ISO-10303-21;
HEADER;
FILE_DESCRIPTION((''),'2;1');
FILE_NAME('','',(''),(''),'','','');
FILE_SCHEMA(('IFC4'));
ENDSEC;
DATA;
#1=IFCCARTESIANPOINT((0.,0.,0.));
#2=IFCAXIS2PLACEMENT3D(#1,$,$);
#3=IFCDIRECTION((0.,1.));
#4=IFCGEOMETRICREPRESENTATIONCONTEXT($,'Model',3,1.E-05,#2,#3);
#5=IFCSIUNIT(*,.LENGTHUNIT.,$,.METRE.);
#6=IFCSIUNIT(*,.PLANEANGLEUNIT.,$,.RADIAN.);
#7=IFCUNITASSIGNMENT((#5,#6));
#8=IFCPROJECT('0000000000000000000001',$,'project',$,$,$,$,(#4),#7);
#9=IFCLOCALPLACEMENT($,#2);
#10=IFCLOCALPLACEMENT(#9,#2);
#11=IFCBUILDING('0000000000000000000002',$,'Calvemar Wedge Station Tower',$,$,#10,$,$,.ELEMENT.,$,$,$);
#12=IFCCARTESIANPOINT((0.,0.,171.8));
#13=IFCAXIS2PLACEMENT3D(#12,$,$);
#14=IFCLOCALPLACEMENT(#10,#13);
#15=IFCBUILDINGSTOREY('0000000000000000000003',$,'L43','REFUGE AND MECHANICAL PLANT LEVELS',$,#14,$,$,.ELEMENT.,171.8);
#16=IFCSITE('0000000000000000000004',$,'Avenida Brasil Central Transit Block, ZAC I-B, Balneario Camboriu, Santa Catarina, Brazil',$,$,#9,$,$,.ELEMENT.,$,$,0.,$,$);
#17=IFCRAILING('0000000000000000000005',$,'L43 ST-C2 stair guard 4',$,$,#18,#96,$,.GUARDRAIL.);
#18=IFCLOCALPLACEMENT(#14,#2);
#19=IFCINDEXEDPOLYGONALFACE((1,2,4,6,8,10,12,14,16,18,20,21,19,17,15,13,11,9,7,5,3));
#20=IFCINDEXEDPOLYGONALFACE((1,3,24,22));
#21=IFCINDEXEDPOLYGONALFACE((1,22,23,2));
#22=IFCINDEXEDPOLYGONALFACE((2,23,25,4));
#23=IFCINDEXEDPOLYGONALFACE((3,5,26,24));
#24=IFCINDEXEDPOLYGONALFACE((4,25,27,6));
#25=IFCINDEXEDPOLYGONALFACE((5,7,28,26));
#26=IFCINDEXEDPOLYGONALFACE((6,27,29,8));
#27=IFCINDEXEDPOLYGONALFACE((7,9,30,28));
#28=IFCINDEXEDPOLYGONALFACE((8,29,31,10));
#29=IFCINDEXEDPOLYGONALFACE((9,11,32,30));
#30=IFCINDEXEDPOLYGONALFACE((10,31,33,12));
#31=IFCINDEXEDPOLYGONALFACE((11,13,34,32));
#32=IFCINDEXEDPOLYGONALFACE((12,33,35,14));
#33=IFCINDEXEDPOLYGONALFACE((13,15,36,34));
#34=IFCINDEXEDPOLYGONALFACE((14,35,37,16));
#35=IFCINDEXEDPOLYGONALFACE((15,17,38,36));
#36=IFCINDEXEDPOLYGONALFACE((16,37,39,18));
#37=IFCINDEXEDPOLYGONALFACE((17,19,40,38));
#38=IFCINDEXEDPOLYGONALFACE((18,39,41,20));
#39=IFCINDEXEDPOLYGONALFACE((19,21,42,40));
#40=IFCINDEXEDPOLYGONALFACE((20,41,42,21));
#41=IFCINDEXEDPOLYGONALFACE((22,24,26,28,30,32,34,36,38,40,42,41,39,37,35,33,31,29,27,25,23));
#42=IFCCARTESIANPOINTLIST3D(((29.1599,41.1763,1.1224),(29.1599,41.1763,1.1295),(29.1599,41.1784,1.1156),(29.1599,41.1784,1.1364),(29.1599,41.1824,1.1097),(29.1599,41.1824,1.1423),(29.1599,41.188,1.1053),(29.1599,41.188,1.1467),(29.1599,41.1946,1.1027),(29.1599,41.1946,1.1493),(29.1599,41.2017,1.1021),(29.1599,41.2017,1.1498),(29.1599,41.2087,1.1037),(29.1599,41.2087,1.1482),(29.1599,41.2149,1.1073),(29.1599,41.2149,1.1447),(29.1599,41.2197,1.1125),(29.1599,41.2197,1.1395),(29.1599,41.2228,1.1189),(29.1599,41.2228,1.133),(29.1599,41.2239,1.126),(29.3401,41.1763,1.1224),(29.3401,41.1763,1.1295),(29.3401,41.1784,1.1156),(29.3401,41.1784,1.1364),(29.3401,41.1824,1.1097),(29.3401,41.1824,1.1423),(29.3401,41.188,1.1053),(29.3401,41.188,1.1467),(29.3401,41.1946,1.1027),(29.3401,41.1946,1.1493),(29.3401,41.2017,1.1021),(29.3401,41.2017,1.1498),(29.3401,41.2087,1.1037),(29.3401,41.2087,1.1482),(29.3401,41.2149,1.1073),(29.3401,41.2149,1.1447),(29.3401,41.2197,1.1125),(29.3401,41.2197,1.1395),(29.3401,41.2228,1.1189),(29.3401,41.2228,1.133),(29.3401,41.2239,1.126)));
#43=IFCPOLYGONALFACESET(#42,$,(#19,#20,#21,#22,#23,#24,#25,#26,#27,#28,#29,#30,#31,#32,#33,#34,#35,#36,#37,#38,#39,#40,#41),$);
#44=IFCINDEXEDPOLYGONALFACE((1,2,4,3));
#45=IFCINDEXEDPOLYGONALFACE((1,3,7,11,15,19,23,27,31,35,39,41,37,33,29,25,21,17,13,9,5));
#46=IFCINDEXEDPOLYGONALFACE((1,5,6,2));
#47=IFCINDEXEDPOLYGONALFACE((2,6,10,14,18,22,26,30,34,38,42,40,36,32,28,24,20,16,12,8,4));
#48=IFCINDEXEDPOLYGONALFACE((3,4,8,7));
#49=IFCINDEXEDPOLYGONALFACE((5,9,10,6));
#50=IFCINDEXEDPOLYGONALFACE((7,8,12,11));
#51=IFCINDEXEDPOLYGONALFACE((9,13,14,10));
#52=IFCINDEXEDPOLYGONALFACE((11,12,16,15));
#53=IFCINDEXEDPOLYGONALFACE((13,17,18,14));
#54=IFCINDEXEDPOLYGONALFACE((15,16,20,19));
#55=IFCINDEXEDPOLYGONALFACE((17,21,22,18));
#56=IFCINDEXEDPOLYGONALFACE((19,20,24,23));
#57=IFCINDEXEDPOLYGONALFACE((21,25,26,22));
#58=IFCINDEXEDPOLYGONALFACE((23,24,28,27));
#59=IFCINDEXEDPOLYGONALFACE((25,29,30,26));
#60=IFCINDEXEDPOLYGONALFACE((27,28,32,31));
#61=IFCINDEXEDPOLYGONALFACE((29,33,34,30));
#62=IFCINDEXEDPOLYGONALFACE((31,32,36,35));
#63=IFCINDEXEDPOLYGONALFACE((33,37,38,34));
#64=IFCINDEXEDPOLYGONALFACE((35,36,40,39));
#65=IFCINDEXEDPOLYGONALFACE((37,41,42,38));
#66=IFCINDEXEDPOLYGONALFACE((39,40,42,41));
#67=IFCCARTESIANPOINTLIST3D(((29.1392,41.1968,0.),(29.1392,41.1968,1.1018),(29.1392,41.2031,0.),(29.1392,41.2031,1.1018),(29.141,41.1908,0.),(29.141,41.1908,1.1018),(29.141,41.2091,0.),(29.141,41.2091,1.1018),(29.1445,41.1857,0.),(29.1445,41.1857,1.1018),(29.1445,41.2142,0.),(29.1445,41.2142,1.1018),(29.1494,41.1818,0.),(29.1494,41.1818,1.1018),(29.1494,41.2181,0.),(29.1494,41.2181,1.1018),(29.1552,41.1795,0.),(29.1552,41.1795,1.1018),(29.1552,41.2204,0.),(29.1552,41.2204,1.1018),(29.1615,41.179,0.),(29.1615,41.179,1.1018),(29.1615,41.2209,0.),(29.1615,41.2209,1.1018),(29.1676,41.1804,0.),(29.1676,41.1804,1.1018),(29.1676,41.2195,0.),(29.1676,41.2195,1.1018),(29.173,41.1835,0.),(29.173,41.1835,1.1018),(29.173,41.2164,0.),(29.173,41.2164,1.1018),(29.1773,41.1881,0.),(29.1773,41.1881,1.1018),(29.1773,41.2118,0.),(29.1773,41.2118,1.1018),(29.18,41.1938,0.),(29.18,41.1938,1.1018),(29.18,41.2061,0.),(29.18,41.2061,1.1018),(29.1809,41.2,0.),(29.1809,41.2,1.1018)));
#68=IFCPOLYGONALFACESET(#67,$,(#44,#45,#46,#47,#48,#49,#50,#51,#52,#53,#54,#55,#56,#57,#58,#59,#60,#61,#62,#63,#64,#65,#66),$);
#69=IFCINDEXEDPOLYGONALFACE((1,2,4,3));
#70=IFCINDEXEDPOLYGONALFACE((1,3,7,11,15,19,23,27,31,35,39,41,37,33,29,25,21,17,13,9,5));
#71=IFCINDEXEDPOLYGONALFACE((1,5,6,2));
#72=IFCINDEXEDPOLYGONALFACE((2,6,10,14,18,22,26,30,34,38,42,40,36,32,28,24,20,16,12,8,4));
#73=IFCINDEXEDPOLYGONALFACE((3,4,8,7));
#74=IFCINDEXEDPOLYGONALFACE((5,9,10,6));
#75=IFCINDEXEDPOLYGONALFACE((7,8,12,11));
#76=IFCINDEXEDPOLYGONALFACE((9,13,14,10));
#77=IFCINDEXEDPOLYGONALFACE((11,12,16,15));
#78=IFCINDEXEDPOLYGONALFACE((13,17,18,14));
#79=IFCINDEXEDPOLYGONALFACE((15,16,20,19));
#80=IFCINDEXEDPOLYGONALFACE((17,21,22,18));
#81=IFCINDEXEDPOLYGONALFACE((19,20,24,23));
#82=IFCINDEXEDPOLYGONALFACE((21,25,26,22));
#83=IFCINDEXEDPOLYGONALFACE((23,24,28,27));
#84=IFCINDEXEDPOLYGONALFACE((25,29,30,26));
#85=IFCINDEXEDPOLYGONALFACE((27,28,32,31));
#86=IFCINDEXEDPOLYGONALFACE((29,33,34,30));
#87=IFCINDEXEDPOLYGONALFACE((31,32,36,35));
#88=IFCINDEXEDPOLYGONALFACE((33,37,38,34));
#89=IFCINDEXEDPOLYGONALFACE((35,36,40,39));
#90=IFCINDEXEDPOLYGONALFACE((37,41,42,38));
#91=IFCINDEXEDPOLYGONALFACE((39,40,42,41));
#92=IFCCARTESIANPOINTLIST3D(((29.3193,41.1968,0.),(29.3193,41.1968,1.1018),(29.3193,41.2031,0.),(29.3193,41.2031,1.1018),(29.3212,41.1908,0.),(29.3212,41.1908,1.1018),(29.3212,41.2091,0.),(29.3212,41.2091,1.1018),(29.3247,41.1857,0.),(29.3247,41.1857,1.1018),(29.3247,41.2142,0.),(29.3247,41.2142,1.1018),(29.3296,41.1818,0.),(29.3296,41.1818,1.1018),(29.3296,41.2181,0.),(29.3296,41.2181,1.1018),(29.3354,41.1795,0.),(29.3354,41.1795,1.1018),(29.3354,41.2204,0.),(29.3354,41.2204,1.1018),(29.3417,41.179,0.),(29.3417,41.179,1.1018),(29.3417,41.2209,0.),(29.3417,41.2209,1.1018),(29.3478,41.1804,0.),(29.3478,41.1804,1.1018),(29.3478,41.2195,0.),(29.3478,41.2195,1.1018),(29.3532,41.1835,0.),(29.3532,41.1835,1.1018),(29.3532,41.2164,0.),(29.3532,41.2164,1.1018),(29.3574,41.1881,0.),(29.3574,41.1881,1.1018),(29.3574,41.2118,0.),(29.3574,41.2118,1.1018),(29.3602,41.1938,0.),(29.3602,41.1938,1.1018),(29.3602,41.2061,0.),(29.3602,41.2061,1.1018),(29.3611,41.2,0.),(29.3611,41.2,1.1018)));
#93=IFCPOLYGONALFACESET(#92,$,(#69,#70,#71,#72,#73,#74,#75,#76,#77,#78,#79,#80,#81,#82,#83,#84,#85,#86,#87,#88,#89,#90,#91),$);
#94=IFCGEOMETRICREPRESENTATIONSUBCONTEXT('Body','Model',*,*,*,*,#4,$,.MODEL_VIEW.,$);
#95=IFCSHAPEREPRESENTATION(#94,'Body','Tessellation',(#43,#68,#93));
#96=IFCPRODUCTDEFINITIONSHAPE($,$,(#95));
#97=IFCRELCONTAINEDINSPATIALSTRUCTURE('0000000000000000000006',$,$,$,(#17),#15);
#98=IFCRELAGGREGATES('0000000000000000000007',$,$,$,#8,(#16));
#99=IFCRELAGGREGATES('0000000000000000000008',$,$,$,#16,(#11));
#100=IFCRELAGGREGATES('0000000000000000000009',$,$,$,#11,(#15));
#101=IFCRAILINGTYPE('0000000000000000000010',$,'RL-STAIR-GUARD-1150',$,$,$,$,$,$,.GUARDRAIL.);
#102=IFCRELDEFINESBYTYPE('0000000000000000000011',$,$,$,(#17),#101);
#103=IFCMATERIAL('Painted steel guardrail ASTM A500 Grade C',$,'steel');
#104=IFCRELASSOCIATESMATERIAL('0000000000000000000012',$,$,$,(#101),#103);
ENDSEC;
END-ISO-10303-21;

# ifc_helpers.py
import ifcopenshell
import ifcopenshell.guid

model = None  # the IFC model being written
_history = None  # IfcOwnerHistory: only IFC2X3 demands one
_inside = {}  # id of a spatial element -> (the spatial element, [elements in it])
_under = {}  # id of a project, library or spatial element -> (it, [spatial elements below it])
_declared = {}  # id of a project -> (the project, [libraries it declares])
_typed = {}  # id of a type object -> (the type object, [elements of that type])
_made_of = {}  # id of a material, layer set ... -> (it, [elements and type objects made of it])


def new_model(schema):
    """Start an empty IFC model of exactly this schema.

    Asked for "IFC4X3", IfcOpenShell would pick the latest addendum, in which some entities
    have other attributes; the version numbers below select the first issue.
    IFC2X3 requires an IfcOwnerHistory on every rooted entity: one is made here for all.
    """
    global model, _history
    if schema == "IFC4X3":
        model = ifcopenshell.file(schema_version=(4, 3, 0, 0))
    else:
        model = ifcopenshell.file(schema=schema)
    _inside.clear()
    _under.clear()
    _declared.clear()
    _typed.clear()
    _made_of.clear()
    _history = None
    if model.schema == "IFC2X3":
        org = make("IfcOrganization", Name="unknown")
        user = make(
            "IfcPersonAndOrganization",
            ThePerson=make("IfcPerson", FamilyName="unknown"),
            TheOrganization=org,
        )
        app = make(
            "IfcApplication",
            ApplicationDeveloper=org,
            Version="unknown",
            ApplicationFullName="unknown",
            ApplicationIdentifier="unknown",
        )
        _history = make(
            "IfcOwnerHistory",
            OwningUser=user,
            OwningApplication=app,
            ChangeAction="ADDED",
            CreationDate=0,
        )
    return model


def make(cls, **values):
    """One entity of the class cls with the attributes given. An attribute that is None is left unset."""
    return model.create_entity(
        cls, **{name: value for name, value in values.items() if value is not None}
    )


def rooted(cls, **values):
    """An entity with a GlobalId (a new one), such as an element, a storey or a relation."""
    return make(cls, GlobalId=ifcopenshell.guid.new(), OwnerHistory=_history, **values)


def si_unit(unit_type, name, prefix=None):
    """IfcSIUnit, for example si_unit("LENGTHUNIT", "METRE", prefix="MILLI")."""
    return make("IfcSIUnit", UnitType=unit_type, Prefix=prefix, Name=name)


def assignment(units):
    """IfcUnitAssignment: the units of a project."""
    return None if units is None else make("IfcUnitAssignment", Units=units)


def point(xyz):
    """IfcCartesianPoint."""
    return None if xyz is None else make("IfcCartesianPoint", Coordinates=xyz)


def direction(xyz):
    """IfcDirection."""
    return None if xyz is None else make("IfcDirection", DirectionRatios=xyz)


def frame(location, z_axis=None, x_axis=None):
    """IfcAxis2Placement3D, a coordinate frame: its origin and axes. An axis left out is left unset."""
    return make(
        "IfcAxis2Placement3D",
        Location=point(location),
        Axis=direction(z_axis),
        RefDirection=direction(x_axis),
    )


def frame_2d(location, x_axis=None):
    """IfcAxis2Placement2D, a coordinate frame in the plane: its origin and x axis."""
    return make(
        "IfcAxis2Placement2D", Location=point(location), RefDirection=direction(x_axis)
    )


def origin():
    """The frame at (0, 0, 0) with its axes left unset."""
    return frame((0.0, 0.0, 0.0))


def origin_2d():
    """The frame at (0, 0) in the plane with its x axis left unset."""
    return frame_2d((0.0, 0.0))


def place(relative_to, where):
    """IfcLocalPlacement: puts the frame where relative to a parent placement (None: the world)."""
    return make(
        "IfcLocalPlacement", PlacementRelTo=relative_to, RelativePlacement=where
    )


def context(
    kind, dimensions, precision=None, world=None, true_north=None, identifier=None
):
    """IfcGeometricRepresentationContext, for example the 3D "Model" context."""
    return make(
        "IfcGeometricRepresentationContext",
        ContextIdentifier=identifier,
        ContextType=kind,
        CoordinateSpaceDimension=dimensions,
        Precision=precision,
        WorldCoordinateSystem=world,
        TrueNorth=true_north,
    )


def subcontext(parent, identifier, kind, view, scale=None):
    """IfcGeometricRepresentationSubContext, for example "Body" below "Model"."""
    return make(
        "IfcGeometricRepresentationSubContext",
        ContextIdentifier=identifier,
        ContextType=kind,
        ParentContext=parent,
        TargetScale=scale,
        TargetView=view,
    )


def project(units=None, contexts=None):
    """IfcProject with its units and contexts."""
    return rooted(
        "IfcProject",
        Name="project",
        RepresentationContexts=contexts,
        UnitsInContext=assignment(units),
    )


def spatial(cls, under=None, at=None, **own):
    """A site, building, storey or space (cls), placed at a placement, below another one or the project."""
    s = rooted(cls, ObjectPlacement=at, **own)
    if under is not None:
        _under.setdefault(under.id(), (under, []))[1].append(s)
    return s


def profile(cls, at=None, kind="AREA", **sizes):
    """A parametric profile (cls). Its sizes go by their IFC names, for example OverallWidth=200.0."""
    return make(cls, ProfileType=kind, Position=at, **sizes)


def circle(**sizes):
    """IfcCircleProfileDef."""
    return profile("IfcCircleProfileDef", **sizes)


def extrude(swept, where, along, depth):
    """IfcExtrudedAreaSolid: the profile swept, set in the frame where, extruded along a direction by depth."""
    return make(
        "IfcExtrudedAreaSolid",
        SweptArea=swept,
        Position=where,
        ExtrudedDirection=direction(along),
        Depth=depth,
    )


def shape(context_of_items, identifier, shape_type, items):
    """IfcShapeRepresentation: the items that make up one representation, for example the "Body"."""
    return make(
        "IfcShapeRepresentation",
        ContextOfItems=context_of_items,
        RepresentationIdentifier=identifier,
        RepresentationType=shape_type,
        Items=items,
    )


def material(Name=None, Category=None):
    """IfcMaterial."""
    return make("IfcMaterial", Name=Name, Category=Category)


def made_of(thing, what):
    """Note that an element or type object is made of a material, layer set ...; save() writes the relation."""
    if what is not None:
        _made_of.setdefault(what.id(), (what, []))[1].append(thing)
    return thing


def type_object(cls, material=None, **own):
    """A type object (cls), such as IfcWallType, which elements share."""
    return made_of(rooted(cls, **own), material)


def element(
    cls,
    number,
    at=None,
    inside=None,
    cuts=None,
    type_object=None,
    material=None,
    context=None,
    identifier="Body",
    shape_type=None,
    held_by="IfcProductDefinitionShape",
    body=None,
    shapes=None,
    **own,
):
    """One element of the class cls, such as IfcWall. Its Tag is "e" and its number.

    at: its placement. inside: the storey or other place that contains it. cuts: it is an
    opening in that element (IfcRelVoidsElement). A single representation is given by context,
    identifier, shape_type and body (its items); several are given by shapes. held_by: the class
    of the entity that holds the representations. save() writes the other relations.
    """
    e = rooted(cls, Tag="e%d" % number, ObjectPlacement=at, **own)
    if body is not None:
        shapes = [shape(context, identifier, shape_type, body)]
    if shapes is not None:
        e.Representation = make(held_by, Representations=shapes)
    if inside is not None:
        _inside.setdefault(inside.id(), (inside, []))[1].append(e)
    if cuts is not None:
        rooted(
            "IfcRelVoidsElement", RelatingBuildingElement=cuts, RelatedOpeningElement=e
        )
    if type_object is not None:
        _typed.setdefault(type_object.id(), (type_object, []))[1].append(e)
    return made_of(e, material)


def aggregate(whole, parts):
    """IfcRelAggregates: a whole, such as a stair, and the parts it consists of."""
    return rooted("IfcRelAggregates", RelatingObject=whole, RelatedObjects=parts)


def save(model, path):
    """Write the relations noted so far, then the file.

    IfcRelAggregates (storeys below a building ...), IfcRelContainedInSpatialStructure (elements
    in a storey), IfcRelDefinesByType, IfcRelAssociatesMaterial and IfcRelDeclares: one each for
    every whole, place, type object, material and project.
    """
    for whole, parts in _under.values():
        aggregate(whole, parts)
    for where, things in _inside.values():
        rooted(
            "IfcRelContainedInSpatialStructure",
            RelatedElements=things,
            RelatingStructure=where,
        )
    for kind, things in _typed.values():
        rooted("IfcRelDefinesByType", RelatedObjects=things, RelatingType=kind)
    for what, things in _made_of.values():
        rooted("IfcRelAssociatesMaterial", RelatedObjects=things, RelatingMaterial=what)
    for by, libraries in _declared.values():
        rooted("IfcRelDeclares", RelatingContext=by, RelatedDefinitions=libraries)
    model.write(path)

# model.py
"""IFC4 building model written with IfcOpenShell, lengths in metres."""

from ifc_helpers import new_model, si_unit, direction, frame, origin, origin_2d, place, context, subcontext, project, spatial, circle, extrude, material, type_object, element, save


model = new_model("IFC4")

# Units and contexts
model_context = context("Model", 3, precision=1e-05, world=origin(), true_north=direction((0.0, 1.0)))
body_context = subcontext(model_context, "Body", "Model", "MODEL_VIEW")
ifc_project = project(units=[si_unit("LENGTHUNIT", "METRE"), si_unit("PLANEANGLEUNIT", "RADIAN")], contexts=[model_context])

# Site, building, storey
site_placement = place(None, origin())
site = spatial("IfcSite", under=ifc_project, at=site_placement, Name="Avenida Brasil Central Transit Block, ZAC I-B, Balneario Camboriu, Santa Catarina, Brazil", CompositionType="ELEMENT", RefElevation=0.0)
building_placement = place(site_placement, origin())
building = spatial("IfcBuilding", under=site, at=building_placement, Name="Calvemar Wedge Station Tower", CompositionType="ELEMENT")
storey_placement = place(building_placement, frame((0.0, 0.0, 171.8)))
storey = spatial("IfcBuildingStorey", under=building, at=storey_placement, Name="L43", Description="REFUGE AND MECHANICAL PLANT LEVELS", CompositionType="ELEMENT", Elevation=171.8)

# Railing
ifc_material_1 = material(Name="Painted steel guardrail ASTM A500 Grade C", Category="steel")
railing_type = type_object("IfcRailingType", Name="RL-STAIR-GUARD-1150", PredefinedType="GUARDRAIL", material=ifc_material_1)
railing_1_placement = place(storey_placement, frame((29.1599, 41.2, 0.0)))
element("IfcRailing", 1, at=railing_1_placement, inside=storey, type_object=railing_type, Name="L43 ST-C2 stair guard 4", PredefinedType="GUARDRAIL", context=body_context, shape_type="SweptSolid", body=[
    extrude(circle(Radius=0.0239, at=origin_2d()), frame((0.0, 0.0, 1.126), z_axis=(1.0, 0.0, 0.0), x_axis=(0.0, 1.0, 0.0)), (0.0, 0.0, 1.0), 0.1802),
    extrude(circle(Radius=0.021, at=origin_2d()), origin(), (0.0, 0.0, 1.0), 1.1018),
    extrude(circle(Radius=0.021, at=origin_2d()), frame((0.1802, 0.0, 0.0)), (0.0, 0.0, 1.0), 1.1018),
])

save(model, "model.ifc")
